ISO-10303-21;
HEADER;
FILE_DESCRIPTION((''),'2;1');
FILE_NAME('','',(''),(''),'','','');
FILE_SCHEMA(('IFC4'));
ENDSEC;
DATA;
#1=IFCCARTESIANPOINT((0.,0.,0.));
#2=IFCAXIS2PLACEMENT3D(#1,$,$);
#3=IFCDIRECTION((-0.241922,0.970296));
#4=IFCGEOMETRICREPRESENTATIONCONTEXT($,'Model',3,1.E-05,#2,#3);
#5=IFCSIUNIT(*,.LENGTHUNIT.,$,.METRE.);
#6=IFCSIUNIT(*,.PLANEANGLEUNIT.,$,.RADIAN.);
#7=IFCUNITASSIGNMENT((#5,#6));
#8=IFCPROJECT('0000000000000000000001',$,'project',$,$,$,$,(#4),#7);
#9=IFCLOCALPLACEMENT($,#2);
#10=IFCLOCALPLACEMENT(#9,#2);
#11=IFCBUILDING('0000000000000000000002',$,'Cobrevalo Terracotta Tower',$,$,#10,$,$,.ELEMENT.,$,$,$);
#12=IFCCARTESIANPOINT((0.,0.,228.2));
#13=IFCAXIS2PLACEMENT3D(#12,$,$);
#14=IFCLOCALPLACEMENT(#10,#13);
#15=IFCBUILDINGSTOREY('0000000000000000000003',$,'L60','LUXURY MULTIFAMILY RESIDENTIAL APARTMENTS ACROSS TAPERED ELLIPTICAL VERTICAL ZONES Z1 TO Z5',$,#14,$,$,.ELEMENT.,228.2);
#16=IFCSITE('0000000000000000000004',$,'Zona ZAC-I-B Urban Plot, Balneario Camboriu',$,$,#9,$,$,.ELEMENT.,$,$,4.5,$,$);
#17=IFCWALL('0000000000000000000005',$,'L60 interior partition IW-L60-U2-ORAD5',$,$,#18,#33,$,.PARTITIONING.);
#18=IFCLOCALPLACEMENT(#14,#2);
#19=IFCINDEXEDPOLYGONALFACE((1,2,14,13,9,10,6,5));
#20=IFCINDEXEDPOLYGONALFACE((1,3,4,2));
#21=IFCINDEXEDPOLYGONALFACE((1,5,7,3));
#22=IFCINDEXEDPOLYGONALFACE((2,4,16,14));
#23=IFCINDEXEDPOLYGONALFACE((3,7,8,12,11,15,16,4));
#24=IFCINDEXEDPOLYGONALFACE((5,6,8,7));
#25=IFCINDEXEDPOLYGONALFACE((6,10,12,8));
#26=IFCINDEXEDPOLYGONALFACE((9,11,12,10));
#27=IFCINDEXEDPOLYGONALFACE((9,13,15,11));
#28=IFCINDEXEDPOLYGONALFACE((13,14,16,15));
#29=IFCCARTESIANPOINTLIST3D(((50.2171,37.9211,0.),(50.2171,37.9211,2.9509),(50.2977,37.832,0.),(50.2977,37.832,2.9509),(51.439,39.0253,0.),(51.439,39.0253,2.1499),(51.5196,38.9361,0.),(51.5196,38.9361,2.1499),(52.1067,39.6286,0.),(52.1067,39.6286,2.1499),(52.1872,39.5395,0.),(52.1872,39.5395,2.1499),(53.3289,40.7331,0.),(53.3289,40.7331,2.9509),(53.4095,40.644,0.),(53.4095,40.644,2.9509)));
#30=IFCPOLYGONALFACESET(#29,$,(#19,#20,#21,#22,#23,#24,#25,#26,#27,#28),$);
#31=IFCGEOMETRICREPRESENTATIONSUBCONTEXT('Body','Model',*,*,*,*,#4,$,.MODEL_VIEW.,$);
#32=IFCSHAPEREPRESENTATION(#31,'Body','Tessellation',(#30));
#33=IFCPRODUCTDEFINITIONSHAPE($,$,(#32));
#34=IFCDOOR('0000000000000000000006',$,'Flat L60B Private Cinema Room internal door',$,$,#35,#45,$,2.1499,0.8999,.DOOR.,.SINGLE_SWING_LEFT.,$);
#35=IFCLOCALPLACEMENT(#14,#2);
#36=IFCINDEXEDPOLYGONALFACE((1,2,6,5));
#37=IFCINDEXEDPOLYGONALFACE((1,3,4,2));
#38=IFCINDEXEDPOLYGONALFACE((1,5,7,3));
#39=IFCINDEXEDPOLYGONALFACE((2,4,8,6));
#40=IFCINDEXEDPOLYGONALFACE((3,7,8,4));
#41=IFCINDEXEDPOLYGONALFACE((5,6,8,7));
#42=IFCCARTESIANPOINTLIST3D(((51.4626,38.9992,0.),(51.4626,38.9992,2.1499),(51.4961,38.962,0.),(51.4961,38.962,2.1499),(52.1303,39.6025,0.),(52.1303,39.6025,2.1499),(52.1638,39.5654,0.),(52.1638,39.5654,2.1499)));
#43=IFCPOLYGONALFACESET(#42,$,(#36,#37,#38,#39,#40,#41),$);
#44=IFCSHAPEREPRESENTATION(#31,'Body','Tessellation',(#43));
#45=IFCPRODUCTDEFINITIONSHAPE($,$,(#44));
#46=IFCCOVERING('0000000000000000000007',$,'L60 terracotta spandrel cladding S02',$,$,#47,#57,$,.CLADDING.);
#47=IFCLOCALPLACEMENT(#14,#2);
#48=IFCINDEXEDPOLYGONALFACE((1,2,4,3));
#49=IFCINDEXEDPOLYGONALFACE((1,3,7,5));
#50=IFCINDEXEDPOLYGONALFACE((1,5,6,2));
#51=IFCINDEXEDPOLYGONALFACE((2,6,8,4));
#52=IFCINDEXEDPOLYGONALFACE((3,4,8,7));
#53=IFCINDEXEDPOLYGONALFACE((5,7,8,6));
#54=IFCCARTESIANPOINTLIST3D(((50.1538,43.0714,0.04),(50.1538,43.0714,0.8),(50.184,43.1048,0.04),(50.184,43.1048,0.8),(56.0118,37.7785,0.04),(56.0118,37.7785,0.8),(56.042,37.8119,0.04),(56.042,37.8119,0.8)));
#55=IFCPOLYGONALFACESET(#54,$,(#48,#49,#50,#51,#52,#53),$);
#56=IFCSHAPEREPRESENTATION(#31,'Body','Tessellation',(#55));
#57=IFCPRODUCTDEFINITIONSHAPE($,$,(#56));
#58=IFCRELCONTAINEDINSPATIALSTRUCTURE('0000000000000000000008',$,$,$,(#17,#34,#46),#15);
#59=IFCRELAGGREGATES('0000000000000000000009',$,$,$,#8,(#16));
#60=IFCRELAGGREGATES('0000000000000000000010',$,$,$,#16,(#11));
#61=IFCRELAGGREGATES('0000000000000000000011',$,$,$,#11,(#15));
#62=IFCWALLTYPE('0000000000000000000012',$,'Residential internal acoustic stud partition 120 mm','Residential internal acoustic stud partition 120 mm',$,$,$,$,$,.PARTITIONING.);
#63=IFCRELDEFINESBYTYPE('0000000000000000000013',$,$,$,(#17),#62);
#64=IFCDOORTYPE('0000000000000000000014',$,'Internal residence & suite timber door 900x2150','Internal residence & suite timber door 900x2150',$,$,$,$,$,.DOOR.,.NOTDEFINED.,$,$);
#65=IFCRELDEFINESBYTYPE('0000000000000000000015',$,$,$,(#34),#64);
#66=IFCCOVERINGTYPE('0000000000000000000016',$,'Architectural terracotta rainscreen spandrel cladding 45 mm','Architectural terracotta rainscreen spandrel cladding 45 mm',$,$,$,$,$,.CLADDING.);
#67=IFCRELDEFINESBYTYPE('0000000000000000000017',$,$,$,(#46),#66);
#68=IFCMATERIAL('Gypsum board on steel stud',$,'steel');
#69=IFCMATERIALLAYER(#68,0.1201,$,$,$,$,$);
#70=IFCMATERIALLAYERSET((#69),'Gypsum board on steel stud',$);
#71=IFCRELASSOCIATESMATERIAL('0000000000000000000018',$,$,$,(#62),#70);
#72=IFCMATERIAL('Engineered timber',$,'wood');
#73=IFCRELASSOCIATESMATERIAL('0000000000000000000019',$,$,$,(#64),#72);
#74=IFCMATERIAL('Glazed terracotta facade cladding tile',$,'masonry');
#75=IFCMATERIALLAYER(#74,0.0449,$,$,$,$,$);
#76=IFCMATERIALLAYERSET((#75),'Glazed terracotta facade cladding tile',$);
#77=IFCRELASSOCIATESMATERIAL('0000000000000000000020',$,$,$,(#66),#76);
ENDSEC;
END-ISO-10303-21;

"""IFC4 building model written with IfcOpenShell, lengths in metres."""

from ifc_helpers import new_model, si_unit, direction, frame, frame_2d, origin, origin_2d, place, context, subcontext, project, spatial, rectangle, extrude, source, transform, mapped, material, layer, layer_set, type_object, element, fill, save


model = new_model("IFC4")

# Units and contexts
model_context = context("Model", 3, precision=1e-05, world=origin(), true_north=direction((-0.241922, 0.970296)))
body_context = subcontext(model_context, "Body", "Model", "MODEL_VIEW")
ifc_project = project(units=[si_unit("LENGTHUNIT", "METRE"), si_unit("PLANEANGLEUNIT", "RADIAN")], contexts=[model_context])

# Site, building, storey
site_placement = place(None, origin())
site = spatial("IfcSite", under=ifc_project, at=site_placement, Name="Zona ZAC-I-B Urban Plot, Balneario Camboriu", CompositionType="ELEMENT", RefElevation=4.5)
building_placement = place(site_placement, origin())
building = spatial("IfcBuilding", under=site, at=building_placement, Name="Cobrevalo Terracotta Tower", CompositionType="ELEMENT")
storey_placement = place(building_placement, frame((0.0, 0.0, 228.2)))
storey = spatial("IfcBuildingStorey", under=building, at=storey_placement, Name="L60", Description="LUXURY MULTIFAMILY RESIDENTIAL APARTMENTS ACROSS TAPERED ELLIPTICAL VERTICAL ZONES Z1 TO Z5", CompositionType="ELEMENT", Elevation=228.2)

# Wall, opening, door
ifc_material_1 = material(Name="Gypsum board on steel stud", Category="steel")
ifc_layer_1 = layer(ifc_material_1, 0.1201)
ifc_layer_set_1 = layer_set([ifc_layer_1], Name="Gypsum board on steel stud")
wall_type_1 = type_object("IfcWallType", Name="Residential internal acoustic stud partition 120 mm", Description="Residential internal acoustic stud partition 120 mm", PredefinedType="PARTITIONING", material=ifc_layer_set_1)
ifc_material_2 = material(Name="Engineered timber", Category="wood")
door_type = type_object("IfcDoorType", Name="Internal residence & suite timber door 900x2150", Description="Internal residence & suite timber door 900x2150", OperationType="NOTDEFINED", PredefinedType="DOOR", material=ifc_material_2)
shared_shape_1 = source(origin(), body_context, "Body", "SweptSolid", [
    extrude(rectangle(XDim=0.8999, YDim=2.1499, at=frame_2d((0.45, 1.075))), frame((0.0, 0.0249, 0.0), z_axis=(0.0, -1.0, 0.0), x_axis=(1.0, 0.0, 0.0)), (0.0, 0.0, 1.0), 0.05),
])
wall_1_placement = place(storey_placement, frame((50.2573, 37.8765, 0.0), z_axis=(0.0, 0.0, 1.0), x_axis=(0.741944, 0.670462, 0.0)))
wall_1 = element("IfcWall", 1, at=wall_1_placement, inside=storey, type_object=wall_type_1, Name="L60 interior partition IW-L60-U2-ORAD5", PredefinedType="PARTITIONING", context=body_context, shape_type="SweptSolid", body=[
    extrude(rectangle(XDim=4.1941, YDim=0.1201, at=frame_2d((2.0972, 0.0))), origin(), (0.0, 0.0, 1.0), 2.9509),
])
opening_1_placement = place(wall_1_placement, frame((1.647, 0.0, 0.0)))
opening_1 = element("IfcOpeningElement", 2, at=opening_1_placement, cuts=wall_1, PredefinedType="OPENING", context=body_context, shape_type="SweptSolid", body=[
    extrude(rectangle(XDim=0.8999, YDim=2.1499, at=frame_2d((0.45, 1.075))), frame((0.0, 0.0701, 0.0), z_axis=(0.0, -1.0, 0.0), x_axis=(1.0, 0.0, 0.0)), (0.0, 0.0, 1.0), 0.1401),
])
door_1_placement = place(opening_1_placement, origin())
door_1 = element("IfcDoor", 3, at=door_1_placement, inside=storey, type_object=door_type, Name="Flat L60B Private Cinema Room internal door", OperationType="SINGLE_SWING_LEFT", OverallHeight=2.1499, OverallWidth=0.8999, PredefinedType="DOOR", context=body_context, shape_type="MappedRepresentation", body=[
    mapped(shared_shape_1, transform((0.0, 0.0, 0.0), scale=1.0)),
])
fill(opening_1, door_1)

# Covering
ifc_material_3 = material(Name="Glazed terracotta facade cladding tile", Category="masonry")
ifc_layer_2 = layer(ifc_material_3, 0.0449)
ifc_layer_set_2 = layer_set([ifc_layer_2], Name="Glazed terracotta facade cladding tile")
covering_type = type_object("IfcCoveringType", Name="Architectural terracotta rainscreen spandrel cladding 45 mm", Description="Architectural terracotta rainscreen spandrel cladding 45 mm", PredefinedType="CLADDING", material=ifc_layer_set_2)
shared_shape_2 = source(origin(), body_context, "Body", "SweptSolid", [
    extrude(rectangle(XDim=7.895, YDim=0.0449, at=origin_2d()), origin(), (0.0, 0.0, 1.0), 0.76),
])
covering_placement = place(storey_placement, frame((53.0979, 40.4417, 0.04), z_axis=(0.0, 0.0, 1.0), x_axis=(-0.741988, 0.670414, 0.0)))
element("IfcCovering", 4, at=covering_placement, inside=storey, type_object=covering_type, Name="L60 terracotta spandrel cladding S02", PredefinedType="CLADDING", context=body_context, shape_type="MappedRepresentation", body=[
    mapped(shared_shape_2, transform((0.0, 0.0, 0.0), scale=1.0)),
])

save(model, "model.ifc")
